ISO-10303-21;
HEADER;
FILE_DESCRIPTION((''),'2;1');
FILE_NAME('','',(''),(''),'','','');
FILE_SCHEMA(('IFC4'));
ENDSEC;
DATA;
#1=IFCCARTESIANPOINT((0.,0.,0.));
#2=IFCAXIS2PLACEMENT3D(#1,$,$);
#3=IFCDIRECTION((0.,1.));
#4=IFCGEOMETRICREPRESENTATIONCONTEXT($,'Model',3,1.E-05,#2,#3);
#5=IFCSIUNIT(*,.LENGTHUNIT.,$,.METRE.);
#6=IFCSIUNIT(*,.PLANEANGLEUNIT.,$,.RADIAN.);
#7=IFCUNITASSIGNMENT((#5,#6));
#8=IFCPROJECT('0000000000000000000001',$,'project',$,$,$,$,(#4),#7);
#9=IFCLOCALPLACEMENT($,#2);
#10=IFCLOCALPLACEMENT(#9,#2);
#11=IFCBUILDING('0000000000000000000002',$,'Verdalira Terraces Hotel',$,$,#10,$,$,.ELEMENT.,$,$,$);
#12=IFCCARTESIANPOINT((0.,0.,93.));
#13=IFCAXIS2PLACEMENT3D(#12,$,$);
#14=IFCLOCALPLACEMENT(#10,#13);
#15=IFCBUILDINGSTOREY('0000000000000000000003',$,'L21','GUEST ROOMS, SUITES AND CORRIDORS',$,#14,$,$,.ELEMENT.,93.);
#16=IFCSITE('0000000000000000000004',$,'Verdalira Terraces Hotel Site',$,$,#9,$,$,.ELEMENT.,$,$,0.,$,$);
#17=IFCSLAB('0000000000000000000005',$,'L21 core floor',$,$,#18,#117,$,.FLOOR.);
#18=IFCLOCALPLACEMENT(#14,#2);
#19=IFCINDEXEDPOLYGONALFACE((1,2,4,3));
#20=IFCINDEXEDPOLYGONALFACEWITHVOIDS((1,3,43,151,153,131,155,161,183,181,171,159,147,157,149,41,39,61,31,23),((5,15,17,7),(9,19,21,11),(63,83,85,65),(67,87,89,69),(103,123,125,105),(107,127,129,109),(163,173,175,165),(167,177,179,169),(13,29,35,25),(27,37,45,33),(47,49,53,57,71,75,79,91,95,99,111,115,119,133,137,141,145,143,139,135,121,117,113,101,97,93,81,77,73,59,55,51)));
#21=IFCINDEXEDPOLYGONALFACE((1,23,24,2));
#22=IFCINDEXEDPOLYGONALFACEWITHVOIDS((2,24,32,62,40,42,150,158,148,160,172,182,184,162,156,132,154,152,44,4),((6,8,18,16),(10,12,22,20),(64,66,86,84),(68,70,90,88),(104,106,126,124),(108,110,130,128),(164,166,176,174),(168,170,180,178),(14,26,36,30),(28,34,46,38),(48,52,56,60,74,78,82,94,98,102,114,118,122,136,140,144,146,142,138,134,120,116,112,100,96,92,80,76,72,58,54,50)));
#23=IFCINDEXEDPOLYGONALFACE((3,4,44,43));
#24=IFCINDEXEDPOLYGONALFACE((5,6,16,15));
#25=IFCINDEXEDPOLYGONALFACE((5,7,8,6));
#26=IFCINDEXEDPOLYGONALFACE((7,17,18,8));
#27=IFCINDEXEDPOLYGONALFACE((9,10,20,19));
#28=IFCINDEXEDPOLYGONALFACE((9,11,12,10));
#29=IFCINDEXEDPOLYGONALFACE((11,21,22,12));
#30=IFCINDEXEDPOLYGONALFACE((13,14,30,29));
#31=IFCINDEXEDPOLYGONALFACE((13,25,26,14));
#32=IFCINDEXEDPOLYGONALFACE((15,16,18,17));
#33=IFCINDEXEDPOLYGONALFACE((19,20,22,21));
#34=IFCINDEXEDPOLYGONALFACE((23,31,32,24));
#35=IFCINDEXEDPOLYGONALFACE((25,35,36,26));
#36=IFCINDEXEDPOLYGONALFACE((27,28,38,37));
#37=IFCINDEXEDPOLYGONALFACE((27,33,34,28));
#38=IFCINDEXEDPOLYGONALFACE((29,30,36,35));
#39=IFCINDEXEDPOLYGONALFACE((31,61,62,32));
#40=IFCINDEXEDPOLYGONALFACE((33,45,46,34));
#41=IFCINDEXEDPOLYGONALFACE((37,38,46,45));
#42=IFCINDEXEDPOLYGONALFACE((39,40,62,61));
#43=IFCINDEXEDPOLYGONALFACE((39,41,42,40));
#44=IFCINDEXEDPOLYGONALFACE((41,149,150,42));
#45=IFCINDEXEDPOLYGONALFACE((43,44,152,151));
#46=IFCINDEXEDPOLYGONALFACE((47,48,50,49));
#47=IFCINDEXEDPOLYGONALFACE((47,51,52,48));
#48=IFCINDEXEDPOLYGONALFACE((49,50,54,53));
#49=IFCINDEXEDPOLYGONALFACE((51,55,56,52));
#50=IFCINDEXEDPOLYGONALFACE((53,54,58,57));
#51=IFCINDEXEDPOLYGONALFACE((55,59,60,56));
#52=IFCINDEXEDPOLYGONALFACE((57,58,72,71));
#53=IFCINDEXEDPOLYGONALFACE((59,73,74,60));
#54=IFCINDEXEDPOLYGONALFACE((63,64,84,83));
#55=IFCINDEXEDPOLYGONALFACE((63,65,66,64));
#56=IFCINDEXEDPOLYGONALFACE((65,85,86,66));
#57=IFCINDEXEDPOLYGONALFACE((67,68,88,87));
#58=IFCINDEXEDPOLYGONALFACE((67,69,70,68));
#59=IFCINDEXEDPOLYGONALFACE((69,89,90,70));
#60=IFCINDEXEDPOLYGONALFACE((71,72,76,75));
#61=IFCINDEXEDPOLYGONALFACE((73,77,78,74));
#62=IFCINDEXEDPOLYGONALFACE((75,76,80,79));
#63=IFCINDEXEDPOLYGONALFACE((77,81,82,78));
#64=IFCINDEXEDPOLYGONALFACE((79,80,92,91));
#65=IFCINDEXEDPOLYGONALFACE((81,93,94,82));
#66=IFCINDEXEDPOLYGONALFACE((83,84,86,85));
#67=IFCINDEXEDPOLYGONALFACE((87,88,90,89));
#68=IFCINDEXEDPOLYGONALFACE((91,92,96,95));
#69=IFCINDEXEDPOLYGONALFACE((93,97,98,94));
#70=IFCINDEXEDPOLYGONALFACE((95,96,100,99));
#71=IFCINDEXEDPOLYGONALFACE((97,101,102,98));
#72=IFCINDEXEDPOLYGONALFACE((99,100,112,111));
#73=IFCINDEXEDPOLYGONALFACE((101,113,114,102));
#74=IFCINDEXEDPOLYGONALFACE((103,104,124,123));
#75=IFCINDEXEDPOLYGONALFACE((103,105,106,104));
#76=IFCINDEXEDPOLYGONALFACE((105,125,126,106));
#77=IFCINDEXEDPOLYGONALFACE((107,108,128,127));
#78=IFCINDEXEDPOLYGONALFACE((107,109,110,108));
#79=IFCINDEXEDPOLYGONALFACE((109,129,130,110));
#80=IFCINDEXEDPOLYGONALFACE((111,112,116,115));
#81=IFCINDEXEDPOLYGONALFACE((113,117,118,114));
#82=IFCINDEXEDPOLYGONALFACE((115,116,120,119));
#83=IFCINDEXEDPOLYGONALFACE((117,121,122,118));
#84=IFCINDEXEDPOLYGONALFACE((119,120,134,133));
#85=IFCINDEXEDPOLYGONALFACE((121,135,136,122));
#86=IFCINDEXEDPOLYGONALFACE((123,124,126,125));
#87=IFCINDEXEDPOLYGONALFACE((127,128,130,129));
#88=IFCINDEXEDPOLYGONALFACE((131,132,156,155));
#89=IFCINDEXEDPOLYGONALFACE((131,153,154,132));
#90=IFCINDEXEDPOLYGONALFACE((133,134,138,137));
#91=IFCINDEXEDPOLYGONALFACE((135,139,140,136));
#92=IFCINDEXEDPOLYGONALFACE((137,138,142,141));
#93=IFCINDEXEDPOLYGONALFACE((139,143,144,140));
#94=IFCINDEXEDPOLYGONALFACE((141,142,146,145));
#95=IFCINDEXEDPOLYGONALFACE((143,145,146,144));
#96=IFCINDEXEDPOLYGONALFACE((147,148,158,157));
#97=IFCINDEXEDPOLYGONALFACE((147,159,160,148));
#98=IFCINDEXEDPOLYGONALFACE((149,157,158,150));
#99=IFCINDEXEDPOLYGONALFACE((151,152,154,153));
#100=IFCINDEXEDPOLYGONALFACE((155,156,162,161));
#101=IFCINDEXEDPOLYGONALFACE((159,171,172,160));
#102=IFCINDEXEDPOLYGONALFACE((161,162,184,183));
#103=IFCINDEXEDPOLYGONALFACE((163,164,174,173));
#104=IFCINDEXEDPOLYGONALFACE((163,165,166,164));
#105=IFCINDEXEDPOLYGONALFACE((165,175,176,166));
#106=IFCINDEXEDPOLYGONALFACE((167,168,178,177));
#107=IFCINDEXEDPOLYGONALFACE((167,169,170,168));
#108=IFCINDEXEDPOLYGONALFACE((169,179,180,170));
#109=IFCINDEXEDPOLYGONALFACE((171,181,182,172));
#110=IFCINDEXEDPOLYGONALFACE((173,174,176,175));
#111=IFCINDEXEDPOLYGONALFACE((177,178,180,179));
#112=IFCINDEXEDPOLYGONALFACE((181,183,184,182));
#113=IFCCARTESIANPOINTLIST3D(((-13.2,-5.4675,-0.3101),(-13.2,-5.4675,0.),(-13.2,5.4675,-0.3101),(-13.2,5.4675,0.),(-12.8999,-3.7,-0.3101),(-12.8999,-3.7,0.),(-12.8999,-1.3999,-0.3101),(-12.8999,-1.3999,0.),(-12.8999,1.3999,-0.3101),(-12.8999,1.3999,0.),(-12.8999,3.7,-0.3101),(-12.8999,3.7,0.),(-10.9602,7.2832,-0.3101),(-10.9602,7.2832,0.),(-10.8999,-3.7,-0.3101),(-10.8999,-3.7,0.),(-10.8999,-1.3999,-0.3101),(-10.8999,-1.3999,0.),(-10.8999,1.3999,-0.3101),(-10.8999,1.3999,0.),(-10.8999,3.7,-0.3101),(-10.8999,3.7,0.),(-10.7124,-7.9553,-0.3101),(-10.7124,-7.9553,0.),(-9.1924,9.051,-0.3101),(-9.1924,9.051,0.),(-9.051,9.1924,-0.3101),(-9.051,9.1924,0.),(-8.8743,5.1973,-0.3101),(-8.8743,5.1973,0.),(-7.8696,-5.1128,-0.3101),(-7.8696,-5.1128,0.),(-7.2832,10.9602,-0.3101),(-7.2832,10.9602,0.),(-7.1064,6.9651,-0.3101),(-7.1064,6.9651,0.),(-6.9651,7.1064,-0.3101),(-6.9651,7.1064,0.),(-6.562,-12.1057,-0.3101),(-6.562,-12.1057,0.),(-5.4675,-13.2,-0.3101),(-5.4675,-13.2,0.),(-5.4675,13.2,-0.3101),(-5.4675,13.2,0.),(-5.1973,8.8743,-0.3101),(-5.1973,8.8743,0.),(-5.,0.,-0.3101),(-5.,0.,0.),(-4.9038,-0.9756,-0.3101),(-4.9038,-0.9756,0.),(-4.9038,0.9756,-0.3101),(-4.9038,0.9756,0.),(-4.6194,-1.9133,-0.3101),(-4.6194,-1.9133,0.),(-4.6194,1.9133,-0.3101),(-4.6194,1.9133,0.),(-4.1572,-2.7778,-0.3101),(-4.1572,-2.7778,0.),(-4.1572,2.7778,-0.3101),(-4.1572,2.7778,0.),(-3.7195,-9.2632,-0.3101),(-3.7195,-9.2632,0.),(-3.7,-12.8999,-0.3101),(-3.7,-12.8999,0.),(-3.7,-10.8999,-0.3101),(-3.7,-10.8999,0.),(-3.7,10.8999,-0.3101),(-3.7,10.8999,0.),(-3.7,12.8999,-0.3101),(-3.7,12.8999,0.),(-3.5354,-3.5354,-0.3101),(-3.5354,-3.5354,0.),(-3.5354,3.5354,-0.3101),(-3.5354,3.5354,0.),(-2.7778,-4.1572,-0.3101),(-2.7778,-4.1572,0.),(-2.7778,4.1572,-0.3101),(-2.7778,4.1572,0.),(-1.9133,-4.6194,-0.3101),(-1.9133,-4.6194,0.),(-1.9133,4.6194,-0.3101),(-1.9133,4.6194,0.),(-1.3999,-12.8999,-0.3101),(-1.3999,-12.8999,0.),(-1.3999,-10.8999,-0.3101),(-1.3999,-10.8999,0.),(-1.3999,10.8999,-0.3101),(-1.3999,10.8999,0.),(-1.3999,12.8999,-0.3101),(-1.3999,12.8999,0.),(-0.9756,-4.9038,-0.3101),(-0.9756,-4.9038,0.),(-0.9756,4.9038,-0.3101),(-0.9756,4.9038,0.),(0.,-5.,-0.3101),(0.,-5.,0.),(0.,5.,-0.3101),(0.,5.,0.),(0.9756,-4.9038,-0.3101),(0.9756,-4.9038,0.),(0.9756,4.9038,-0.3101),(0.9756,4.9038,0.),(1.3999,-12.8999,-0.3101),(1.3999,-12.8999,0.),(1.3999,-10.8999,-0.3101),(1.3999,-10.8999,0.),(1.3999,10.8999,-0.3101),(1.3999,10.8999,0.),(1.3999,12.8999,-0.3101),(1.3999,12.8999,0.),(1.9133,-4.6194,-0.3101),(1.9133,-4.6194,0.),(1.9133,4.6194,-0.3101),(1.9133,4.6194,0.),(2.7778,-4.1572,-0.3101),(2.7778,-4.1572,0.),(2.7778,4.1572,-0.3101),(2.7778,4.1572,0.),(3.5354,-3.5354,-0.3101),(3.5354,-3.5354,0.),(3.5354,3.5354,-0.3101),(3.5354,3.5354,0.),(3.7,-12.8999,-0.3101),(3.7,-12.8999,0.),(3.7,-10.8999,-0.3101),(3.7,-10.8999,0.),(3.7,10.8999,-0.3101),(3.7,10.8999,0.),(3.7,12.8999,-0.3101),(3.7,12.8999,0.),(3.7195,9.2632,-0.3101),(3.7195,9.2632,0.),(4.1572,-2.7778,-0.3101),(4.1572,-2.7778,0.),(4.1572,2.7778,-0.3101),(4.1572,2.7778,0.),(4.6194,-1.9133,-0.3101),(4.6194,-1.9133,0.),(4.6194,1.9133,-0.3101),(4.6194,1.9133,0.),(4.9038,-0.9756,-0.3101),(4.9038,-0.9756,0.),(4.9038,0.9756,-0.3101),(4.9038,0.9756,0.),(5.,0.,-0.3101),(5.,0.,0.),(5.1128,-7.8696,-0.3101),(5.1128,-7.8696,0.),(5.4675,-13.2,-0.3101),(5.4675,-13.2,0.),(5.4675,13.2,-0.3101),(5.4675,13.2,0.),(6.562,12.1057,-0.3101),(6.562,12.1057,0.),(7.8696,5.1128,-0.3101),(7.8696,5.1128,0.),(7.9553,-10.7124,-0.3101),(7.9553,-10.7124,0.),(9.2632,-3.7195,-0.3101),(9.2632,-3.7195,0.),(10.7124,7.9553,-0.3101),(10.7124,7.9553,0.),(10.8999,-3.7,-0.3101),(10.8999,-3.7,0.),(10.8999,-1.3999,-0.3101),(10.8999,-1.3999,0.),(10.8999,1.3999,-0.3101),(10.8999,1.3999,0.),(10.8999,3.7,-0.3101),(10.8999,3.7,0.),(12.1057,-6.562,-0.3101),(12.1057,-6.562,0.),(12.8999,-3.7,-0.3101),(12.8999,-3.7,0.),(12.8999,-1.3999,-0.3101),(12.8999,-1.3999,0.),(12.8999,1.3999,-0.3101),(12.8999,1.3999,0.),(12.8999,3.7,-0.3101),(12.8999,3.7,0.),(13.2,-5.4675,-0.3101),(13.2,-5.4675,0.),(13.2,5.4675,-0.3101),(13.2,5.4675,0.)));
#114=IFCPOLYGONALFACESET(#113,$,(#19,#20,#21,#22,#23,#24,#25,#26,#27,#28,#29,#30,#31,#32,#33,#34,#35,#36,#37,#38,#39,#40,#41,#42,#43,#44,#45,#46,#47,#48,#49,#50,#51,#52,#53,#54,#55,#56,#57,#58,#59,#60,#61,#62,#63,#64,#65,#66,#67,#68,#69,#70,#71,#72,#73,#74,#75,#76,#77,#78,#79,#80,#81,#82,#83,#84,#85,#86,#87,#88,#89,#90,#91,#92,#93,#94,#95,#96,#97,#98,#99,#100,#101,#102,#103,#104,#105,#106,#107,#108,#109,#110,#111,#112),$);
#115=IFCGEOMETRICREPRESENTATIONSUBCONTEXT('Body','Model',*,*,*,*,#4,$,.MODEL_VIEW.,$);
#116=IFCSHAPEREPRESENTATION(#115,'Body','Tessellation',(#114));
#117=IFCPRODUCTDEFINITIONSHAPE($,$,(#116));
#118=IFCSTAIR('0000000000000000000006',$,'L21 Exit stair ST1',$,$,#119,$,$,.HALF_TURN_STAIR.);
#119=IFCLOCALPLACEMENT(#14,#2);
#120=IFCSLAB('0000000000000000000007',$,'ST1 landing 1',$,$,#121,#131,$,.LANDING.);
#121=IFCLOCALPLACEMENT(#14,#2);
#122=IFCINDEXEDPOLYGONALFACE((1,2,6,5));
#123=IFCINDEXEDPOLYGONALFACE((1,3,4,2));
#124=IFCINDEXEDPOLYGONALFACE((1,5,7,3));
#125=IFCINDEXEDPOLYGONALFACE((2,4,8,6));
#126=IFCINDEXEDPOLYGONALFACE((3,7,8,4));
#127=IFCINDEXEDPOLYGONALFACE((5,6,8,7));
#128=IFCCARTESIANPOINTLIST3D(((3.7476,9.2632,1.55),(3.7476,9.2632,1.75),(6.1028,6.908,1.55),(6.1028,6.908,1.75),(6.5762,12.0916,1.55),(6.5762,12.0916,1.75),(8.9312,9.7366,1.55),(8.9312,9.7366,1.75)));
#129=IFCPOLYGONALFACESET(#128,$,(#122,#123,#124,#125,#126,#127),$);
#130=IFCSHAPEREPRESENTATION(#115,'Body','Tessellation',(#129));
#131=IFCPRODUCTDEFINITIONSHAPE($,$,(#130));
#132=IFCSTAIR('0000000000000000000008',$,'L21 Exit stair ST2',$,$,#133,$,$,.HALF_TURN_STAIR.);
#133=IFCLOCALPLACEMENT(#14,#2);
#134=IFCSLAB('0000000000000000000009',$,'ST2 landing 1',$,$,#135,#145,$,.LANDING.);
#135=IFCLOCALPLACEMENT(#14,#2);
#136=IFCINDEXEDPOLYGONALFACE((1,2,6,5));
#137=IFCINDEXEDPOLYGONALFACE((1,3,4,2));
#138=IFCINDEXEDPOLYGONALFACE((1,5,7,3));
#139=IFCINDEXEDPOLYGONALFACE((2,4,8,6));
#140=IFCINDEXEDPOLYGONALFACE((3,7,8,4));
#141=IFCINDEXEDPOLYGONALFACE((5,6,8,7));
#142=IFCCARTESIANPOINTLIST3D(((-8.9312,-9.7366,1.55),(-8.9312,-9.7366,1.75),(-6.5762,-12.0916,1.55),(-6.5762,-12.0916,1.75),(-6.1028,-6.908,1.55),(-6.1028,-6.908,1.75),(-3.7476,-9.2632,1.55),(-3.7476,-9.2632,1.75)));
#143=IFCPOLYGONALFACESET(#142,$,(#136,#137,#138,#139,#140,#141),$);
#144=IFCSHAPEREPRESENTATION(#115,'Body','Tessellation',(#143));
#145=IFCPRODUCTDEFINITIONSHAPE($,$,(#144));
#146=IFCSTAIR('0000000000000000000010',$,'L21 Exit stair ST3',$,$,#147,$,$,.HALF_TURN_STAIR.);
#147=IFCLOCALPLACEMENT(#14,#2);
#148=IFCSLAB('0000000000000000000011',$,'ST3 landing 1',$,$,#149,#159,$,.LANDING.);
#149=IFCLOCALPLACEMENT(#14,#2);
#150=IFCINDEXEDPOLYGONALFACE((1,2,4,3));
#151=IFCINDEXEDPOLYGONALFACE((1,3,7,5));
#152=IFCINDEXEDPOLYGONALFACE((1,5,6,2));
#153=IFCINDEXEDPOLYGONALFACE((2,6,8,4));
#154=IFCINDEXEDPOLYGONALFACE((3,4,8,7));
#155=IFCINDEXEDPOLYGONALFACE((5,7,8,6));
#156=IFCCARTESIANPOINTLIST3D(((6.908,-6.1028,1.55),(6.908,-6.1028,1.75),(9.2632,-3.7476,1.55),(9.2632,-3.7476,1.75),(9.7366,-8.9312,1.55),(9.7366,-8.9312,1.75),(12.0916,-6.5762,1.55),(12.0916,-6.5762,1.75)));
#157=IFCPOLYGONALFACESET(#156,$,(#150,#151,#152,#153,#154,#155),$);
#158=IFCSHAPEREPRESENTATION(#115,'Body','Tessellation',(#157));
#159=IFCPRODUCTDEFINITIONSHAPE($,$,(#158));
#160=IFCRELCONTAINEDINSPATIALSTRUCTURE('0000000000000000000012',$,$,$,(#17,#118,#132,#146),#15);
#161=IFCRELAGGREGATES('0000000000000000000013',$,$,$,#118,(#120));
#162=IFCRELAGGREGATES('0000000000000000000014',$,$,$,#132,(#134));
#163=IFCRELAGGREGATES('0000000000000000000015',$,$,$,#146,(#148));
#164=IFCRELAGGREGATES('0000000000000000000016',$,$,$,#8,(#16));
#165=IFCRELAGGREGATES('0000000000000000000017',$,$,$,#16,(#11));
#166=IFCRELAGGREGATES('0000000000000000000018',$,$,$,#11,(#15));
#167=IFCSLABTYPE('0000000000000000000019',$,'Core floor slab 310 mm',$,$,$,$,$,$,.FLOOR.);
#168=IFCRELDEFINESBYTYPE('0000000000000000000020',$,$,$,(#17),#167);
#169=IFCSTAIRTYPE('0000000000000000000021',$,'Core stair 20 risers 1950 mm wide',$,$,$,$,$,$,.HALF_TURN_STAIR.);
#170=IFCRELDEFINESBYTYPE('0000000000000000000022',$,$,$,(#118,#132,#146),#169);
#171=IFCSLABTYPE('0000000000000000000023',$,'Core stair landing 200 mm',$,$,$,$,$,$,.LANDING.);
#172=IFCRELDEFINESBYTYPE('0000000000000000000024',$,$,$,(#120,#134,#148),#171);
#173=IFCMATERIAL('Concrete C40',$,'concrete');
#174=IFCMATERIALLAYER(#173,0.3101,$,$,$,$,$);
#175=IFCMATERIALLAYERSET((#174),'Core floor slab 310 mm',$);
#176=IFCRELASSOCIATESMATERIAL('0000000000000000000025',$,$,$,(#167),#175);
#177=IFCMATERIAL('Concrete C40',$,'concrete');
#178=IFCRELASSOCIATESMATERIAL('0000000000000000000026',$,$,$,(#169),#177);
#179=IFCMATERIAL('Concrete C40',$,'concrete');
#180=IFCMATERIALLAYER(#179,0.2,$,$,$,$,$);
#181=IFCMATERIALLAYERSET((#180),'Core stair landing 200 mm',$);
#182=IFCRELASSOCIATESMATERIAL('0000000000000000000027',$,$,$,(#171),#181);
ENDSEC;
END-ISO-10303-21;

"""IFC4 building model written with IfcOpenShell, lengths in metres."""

from ifc_helpers import new_model, si_unit, direction, frame, origin, place, context, subcontext, project, spatial, polyline, outline, extrude, material, layer, layer_set, type_object, element, aggregate, save


model = new_model("IFC4")

# Units and contexts
model_context = context("Model", 3, precision=1e-05, world=origin(), true_north=direction((0.0, 1.0)))
body_context = subcontext(model_context, "Body", "Model", "MODEL_VIEW")
ifc_project = project(units=[si_unit("LENGTHUNIT", "METRE"), si_unit("PLANEANGLEUNIT", "RADIAN")], contexts=[model_context])

# Site, building, storey
site_placement = place(None, origin())
site = spatial("IfcSite", under=ifc_project, at=site_placement, Name="Verdalira Terraces Hotel Site", CompositionType="ELEMENT", RefElevation=0.0)
building_placement = place(site_placement, origin())
building = spatial("IfcBuilding", under=site, at=building_placement, Name="Verdalira Terraces Hotel", CompositionType="ELEMENT")
storey_placement = place(building_placement, frame((0.0, 0.0, 93.0)))
storey = spatial("IfcBuildingStorey", under=building, at=storey_placement, Name="L21", Description="GUEST ROOMS, SUITES AND CORRIDORS", CompositionType="ELEMENT", Elevation=93.0)

# Slab
ifc_material_1 = material(Name="Concrete C40", Category="concrete")
ifc_layer_1 = layer(ifc_material_1, 0.3101)
ifc_layer_set_1 = layer_set([ifc_layer_1], Name="Core floor slab 310 mm")
slab_type_1 = type_object("IfcSlabType", Name="Core floor slab 310 mm", PredefinedType="FLOOR", material=ifc_layer_set_1)
slab_1_placement = place(storey_placement, frame((0.0, 0.0, -0.3101)))
element("IfcSlab", 1, at=slab_1_placement, inside=storey, type_object=slab_type_1, Name="L21 core floor", PredefinedType="FLOOR", context=body_context, shape_type="SweptSolid", body=[
    extrude(outline(polyline([(-5.4675, 13.2), (5.4675, 13.2), (6.562, 12.1057), (3.7195, 9.2632), (7.8696, 5.1128), (10.7124, 7.9553), (13.2, 5.4675), (13.2, -5.4675), (12.1057, -6.562), (9.2632, -3.7195), (5.1128, -7.8696), (7.9553, -10.7124), (5.4675, -13.2), (-5.4675, -13.2), (-6.562, -12.1057), (-3.7195, -9.2632), (-7.8696, -5.1128), (-10.7124, -7.9553), (-13.2, -5.4675), (-13.2, 5.4675), (-5.4675, 13.2)]), holes=[polyline([(12.8999, -3.7), (12.8999, -1.3999), (10.8999, -1.3999), (10.8999, -3.7), (12.8999, -3.7)]), polyline([(12.8999, 1.3999), (12.8999, 3.7), (10.8999, 3.7), (10.8999, 1.3999), (12.8999, 1.3999)]), polyline([(1.3999, 10.8999), (3.7, 10.8999), (3.7, 12.8999), (1.3999, 12.8999), (1.3999, 10.8999)]), polyline([(-3.7, 10.8999), (-1.3999, 10.8999), (-1.3999, 12.8999), (-3.7, 12.8999), (-3.7, 10.8999)]), polyline([(-12.8999, 3.7), (-12.8999, 1.3999), (-10.8999, 1.3999), (-10.8999, 3.7), (-12.8999, 3.7)]), polyline([(-12.8999, -1.3999), (-12.8999, -3.7), (-10.8999, -3.7), (-10.8999, -1.3999), (-12.8999, -1.3999)]), polyline([(-1.3999, -10.8999), (-3.7, -10.8999), (-3.7, -12.8999), (-1.3999, -12.8999), (-1.3999, -10.8999)]), polyline([(3.7, -10.8999), (1.3999, -10.8999), (1.3999, -12.8999), (3.7, -12.8999), (3.7, -10.8999)]), polyline([(-9.051, 9.1924), (-6.9651, 7.1064), (-5.1973, 8.8743), (-7.2832, 10.9602), (-9.051, 9.1924)]), polyline([(-9.1924, 9.051), (-10.9602, 7.2832), (-8.8743, 5.1973), (-7.1064, 6.9651), (-9.1924, 9.051)]), polyline([(3.5354, 3.5354), (2.7778, 4.1572), (1.9133, 4.6194), (0.9756, 4.9038), (0.0, 5.0), (-0.9756, 4.9038), (-1.9133, 4.6194), (-2.7778, 4.1572), (-3.5354, 3.5354), (-4.1572, 2.7778), (-4.6194, 1.9133), (-4.9038, 0.9756), (-5.0, 0.0), (-4.9038, -0.9756), (-4.6194, -1.9133), (-4.1572, -2.7778), (-3.5354, -3.5354), (-2.7778, -4.1572), (-1.9133, -4.6194), (-0.9756, -4.9038), (0.0, -5.0), (0.9756, -4.9038), (1.9133, -4.6194), (2.7778, -4.1572), (3.5354, -3.5354), (4.1572, -2.7778), (4.6194, -1.9133), (4.9038, -0.9756), (5.0, 0.0), (4.9038, 0.9756), (4.6194, 1.9133), (4.1572, 2.7778), (3.5354, 3.5354)])]), origin(), (0.0, 0.0, 1.0), 0.3101),
])

# Stairs, slabs
ifc_material_2 = material(Name="Concrete C40", Category="concrete")
stair_type = type_object("IfcStairType", Name="Core stair 20 risers 1950 mm wide", PredefinedType="HALF_TURN_STAIR", material=ifc_material_2)
stair_1_placement = place(storey_placement, origin())
stair_1 = element("IfcStair", 2, at=stair_1_placement, inside=storey, type_object=stair_type, Name="L21 Exit stair ST1", PredefinedType="HALF_TURN_STAIR")
ifc_material_3 = material(Name="Concrete C40", Category="concrete")
ifc_layer_2 = layer(ifc_material_3, 0.2)
ifc_layer_set_2 = layer_set([ifc_layer_2], Name="Core stair landing 200 mm")
slab_type_2 = type_object("IfcSlabType", Name="Core stair landing 200 mm", PredefinedType="LANDING", material=ifc_layer_set_2)
slab_2_placement = place(storey_placement, frame((0.0, 0.0, 1.55)))
slab_2 = element("IfcSlab", 3, at=slab_2_placement, type_object=slab_type_2, Name="ST1 landing 1", PredefinedType="LANDING", context=body_context, shape_type="SweptSolid", body=[
    extrude(outline(polyline([(8.9312, 9.7366), (6.5762, 12.0916), (3.7476, 9.2632), (6.1028, 6.908), (8.9312, 9.7366)])), origin(), (0.0, 0.0, 1.0), 0.2),
])
aggregate(stair_1, [slab_2])
stair_2_placement = place(storey_placement, origin())
stair_2 = element("IfcStair", 4, at=stair_2_placement, inside=storey, type_object=stair_type, Name="L21 Exit stair ST2", PredefinedType="HALF_TURN_STAIR")
slab_3_placement = place(storey_placement, frame((0.0, 0.0, 1.55)))
slab_3 = element("IfcSlab", 5, at=slab_3_placement, type_object=slab_type_2, Name="ST2 landing 1", PredefinedType="LANDING", context=body_context, shape_type="SweptSolid", body=[
    extrude(outline(polyline([(-8.9312, -9.7366), (-6.5762, -12.0916), (-3.7476, -9.2632), (-6.1028, -6.908), (-8.9312, -9.7366)])), origin(), (0.0, 0.0, 1.0), 0.2),
])
aggregate(stair_2, [slab_3])
stair_3_placement = place(storey_placement, origin())
stair_3 = element("IfcStair", 6, at=stair_3_placement, inside=storey, type_object=stair_type, Name="L21 Exit stair ST3", PredefinedType="HALF_TURN_STAIR")
slab_4_placement = place(storey_placement, frame((0.0, 0.0, 1.55)))
slab_4 = element("IfcSlab", 7, at=slab_4_placement, type_object=slab_type_2, Name="ST3 landing 1", PredefinedType="LANDING", context=body_context, shape_type="SweptSolid", body=[
    extrude(outline(polyline([(9.7366, -8.9312), (12.0916, -6.5762), (9.2632, -3.7476), (6.908, -6.1028), (9.7366, -8.9312)])), origin(), (0.0, 0.0, 1.0), 0.2),
])
aggregate(stair_3, [slab_4])

save(model, "model.ifc")
